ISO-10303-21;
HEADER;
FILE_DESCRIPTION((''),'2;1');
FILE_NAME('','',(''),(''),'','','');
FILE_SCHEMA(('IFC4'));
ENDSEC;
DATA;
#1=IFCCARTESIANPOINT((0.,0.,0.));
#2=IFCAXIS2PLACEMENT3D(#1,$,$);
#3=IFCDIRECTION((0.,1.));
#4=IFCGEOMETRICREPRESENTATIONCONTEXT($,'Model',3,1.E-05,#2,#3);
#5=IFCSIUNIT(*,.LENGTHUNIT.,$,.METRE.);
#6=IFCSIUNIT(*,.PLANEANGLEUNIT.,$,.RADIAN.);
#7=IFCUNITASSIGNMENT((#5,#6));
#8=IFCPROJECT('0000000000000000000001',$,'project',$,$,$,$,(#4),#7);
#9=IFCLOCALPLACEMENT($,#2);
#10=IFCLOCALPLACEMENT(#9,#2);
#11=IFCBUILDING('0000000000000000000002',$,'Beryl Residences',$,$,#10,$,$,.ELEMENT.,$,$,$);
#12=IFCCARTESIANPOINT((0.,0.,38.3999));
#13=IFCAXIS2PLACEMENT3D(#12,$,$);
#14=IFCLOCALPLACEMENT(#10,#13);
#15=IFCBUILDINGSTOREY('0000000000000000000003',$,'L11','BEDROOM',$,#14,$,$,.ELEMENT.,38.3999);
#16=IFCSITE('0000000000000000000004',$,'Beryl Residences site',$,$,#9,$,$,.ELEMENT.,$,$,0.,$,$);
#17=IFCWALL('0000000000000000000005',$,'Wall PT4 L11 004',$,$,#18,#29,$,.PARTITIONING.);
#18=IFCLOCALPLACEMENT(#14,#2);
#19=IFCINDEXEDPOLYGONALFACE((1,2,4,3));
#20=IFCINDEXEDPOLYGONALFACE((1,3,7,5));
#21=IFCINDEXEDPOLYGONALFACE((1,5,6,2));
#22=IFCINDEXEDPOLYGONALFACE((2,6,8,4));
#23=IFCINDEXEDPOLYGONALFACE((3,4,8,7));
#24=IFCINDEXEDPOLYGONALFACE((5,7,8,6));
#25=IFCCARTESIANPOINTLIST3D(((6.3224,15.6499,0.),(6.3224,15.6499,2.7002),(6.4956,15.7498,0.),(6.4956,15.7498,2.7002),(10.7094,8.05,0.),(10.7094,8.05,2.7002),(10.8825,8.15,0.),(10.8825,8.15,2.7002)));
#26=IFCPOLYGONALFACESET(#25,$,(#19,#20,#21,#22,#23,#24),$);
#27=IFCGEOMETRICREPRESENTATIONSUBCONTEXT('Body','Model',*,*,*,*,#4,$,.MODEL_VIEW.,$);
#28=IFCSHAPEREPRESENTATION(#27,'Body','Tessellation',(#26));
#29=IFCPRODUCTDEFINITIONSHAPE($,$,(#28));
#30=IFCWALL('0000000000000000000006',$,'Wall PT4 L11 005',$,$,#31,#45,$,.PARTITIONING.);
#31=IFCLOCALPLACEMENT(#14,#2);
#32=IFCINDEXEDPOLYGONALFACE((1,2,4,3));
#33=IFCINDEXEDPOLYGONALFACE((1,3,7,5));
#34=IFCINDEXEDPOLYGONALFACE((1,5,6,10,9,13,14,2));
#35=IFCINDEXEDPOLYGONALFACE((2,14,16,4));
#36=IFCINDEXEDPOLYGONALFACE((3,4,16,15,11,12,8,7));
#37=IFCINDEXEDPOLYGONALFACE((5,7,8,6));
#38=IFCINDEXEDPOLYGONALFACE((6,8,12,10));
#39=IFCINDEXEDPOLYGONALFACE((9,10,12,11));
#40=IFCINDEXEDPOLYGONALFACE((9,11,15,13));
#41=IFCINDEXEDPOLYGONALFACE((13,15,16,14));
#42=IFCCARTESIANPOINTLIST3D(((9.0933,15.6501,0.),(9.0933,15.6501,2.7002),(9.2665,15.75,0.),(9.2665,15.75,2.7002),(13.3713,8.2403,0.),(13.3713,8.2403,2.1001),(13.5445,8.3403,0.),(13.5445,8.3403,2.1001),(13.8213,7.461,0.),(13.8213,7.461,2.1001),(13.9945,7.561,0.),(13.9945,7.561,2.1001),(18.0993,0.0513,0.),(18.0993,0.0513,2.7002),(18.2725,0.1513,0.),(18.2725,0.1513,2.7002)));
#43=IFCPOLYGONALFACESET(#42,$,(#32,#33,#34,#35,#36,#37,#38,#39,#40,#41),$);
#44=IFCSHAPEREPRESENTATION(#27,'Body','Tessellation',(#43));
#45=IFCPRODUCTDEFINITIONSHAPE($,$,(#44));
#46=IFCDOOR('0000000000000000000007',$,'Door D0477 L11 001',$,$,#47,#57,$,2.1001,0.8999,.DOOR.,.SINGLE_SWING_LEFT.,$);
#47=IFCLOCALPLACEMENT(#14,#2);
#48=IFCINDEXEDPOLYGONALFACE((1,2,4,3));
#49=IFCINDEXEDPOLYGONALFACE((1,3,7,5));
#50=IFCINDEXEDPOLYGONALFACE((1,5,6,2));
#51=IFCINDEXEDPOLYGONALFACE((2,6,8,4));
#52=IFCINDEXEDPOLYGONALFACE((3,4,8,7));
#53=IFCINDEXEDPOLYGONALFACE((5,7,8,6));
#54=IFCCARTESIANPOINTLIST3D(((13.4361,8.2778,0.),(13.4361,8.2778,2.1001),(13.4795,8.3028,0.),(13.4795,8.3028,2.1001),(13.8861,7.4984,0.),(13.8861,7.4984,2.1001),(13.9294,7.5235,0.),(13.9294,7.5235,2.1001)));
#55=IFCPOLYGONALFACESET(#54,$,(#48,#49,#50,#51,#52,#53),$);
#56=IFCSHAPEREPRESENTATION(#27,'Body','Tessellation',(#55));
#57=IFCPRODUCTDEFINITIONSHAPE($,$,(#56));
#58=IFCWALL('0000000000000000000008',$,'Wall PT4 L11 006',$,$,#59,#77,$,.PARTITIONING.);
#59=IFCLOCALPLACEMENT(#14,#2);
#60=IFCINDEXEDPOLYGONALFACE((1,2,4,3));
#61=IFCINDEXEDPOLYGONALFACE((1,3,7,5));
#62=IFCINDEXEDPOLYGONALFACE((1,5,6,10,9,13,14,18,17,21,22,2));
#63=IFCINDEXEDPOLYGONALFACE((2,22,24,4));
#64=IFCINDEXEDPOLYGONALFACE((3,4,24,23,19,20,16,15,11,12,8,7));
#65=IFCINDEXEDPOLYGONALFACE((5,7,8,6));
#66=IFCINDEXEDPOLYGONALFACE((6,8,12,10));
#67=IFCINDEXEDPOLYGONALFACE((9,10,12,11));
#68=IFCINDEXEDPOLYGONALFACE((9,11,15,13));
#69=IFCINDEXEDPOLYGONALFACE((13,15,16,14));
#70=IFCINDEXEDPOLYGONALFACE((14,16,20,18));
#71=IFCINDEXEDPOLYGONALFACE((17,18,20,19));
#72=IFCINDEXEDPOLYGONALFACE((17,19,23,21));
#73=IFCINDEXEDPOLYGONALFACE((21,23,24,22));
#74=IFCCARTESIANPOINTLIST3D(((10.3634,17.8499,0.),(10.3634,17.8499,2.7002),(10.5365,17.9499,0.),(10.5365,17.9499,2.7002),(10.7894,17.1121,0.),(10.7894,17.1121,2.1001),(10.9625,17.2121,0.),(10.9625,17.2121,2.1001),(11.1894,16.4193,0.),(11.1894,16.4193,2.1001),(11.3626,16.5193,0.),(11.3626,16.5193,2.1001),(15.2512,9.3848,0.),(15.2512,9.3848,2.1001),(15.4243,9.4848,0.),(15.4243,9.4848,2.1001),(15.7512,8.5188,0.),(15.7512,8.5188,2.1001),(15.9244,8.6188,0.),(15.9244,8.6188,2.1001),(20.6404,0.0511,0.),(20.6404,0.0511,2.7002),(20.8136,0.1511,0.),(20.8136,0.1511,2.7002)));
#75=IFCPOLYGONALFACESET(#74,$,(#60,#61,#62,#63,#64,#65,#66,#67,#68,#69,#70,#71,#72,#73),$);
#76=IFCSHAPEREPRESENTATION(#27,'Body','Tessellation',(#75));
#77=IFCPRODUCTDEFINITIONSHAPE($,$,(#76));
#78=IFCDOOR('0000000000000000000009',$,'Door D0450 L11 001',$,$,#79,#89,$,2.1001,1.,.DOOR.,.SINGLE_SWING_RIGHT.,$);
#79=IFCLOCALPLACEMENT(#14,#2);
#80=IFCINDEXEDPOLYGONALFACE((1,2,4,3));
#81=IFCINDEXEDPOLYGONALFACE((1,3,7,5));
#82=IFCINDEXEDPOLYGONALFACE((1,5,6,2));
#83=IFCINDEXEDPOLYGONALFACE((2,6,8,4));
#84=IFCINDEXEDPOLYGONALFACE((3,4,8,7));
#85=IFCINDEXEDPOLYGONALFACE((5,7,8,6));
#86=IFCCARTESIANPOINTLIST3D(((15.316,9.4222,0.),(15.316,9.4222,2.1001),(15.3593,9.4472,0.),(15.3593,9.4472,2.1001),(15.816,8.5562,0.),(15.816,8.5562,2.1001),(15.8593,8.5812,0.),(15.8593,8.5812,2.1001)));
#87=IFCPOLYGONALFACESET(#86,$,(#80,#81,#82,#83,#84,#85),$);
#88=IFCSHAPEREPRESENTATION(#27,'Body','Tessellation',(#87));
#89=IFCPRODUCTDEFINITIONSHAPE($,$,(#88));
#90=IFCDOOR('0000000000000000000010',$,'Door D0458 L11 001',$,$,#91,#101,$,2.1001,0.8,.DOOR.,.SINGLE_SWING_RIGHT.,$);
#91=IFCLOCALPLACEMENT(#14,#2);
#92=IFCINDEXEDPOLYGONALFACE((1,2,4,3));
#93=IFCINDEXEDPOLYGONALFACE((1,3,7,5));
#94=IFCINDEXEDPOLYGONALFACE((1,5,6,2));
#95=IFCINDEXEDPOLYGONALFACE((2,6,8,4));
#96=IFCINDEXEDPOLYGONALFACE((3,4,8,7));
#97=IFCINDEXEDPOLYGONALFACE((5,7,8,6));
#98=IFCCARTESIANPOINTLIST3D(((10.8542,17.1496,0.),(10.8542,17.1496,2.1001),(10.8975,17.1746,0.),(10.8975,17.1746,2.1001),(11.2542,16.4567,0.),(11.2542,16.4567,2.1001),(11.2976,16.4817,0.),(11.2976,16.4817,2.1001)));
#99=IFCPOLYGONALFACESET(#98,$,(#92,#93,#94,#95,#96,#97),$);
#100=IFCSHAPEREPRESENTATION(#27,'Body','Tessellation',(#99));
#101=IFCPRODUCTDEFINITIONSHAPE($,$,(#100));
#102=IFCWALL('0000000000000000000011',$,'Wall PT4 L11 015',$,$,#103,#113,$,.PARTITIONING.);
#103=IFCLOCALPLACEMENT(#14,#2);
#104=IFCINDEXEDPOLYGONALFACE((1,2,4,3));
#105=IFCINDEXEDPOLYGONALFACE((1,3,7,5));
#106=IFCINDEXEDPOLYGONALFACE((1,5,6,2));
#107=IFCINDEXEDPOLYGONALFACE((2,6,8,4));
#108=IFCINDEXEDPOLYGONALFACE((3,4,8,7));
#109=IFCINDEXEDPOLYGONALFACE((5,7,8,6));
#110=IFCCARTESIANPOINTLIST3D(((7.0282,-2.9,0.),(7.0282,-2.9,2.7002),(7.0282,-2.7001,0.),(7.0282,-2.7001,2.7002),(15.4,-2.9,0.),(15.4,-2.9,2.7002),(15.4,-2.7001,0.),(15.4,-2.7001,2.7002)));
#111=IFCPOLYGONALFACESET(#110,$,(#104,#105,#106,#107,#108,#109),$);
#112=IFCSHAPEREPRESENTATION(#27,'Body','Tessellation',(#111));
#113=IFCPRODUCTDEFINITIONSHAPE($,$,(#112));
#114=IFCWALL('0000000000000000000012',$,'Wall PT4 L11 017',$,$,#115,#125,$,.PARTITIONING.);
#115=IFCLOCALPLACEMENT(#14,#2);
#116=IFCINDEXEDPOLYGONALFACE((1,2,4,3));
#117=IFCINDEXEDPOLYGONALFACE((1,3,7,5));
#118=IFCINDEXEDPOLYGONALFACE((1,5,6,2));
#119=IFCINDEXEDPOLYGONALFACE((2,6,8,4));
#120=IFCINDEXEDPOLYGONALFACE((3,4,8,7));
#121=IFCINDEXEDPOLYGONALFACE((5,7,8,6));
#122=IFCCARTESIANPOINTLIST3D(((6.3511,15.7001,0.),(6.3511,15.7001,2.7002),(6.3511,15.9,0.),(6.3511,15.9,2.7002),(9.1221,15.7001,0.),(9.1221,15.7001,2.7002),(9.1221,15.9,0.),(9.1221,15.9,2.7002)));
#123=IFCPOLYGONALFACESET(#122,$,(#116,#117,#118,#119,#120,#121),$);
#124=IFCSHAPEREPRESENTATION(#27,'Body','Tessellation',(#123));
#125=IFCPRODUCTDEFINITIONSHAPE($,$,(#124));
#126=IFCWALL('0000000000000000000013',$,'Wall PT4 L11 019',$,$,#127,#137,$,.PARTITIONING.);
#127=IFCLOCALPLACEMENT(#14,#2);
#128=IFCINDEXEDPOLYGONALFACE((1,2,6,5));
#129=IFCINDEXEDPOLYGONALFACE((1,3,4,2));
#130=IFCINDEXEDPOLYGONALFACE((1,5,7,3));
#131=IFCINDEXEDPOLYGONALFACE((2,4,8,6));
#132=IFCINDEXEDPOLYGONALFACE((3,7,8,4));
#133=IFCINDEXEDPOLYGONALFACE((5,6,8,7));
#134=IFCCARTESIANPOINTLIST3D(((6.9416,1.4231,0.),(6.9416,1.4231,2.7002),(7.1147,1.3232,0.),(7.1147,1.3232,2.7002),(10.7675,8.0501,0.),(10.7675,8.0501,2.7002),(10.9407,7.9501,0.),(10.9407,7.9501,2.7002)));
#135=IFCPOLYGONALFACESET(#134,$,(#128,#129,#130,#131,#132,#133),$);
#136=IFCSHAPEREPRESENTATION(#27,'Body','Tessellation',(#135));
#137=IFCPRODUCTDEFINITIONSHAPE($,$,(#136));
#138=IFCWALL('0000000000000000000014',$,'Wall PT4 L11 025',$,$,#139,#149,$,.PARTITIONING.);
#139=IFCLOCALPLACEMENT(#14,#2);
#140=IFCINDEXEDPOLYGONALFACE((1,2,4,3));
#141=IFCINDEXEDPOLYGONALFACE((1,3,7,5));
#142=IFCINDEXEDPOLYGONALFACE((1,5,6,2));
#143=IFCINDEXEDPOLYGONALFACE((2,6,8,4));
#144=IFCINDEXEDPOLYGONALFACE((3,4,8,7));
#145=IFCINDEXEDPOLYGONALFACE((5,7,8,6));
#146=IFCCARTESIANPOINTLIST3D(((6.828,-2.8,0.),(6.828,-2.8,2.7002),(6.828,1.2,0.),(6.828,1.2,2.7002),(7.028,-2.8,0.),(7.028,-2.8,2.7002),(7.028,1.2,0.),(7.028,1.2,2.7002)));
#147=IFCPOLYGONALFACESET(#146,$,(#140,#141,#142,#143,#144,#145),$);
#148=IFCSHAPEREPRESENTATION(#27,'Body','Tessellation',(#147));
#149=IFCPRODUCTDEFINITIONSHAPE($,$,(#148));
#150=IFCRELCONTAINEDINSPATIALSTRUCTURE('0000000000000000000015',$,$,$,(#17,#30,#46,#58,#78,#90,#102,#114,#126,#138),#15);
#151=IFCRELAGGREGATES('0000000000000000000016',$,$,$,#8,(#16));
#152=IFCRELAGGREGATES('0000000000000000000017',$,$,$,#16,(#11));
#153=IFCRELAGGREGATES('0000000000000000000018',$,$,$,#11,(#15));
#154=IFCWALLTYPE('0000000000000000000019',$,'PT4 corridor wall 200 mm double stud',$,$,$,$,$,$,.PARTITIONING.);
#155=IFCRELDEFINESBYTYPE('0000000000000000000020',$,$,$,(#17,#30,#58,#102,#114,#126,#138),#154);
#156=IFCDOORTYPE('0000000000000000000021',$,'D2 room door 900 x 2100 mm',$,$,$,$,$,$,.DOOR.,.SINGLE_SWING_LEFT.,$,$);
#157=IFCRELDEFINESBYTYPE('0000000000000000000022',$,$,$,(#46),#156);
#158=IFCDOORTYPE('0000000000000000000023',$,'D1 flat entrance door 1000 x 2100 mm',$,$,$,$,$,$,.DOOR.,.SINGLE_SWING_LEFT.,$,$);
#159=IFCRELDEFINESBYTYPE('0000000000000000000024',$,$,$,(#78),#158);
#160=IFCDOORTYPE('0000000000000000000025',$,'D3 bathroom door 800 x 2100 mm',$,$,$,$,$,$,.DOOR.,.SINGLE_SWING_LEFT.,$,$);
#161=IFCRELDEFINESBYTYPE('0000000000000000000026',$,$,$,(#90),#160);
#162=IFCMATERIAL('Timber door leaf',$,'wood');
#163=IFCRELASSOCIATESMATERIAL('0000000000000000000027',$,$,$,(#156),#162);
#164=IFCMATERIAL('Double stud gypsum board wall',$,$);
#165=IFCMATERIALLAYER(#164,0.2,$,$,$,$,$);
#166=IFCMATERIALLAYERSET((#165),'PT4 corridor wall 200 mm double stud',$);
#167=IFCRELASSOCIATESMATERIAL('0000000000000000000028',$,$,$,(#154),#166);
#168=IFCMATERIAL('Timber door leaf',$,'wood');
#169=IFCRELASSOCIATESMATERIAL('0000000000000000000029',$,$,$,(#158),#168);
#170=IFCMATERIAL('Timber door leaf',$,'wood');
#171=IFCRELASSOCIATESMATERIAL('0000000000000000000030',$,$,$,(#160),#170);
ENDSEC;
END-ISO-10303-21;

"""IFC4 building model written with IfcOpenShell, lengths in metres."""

from ifc_helpers import new_model, si_unit, direction, frame, frame_2d, origin, place, context, subcontext, project, spatial, rectangle, extrude, material, layer, layer_set, type_object, element, fill, save


model = new_model("IFC4")

# Units and contexts
model_context = context("Model", 3, precision=1e-05, world=origin(), true_north=direction((0.0, 1.0)))
body_context = subcontext(model_context, "Body", "Model", "MODEL_VIEW")
ifc_project = project(units=[si_unit("LENGTHUNIT", "METRE"), si_unit("PLANEANGLEUNIT", "RADIAN")], contexts=[model_context])

# Site, building, storey
site_placement = place(None, origin())
site = spatial("IfcSite", under=ifc_project, at=site_placement, Name="Beryl Residences site", CompositionType="ELEMENT", RefElevation=0.0)
building_placement = place(site_placement, origin())
building = spatial("IfcBuilding", under=site, at=building_placement, Name="Beryl Residences", CompositionType="ELEMENT")
storey_placement = place(building_placement, frame((0.0, 0.0, 38.3999)))
storey = spatial("IfcBuildingStorey", under=building, at=storey_placement, Name="L11", Description="BEDROOM", CompositionType="ELEMENT", Elevation=38.3999)

# Shared definitions
ifc_material_1 = material(Name="Timber door leaf", Category="wood")
door_type_1 = type_object("IfcDoorType", Name="D2 room door 900 x 2100 mm", OperationType="SINGLE_SWING_LEFT", PredefinedType="DOOR", material=ifc_material_1)

# Wall
ifc_material_2 = material(Name="Double stud gypsum board wall")
ifc_layer_1 = layer(ifc_material_2, 0.2)
ifc_layer_set_1 = layer_set([ifc_layer_1], Name="PT4 corridor wall 200 mm double stud")
wall_type_1 = type_object("IfcWallType", Name="PT4 corridor wall 200 mm double stud", PredefinedType="PARTITIONING", material=ifc_layer_set_1)
wall_1_placement = place(storey_placement, frame((6.4089, 15.7, 0.0), z_axis=(0.0, 0.0, 1.0), x_axis=(0.49993, -0.866066, 0.0)))
element("IfcWall", 1, at=wall_1_placement, inside=storey, type_object=wall_type_1, Name="Wall PT4 L11 004", PredefinedType="PARTITIONING", context=body_context, shape_type="SweptSolid", body=[
    extrude(rectangle(XDim=8.7751, YDim=0.2, at=frame_2d((4.3877, 0.0))), origin(), (0.0, 0.0, 1.0), 2.7002),
])

# Wall, opening, door
wall_2_placement = place(storey_placement, frame((9.1799, 15.7, 0.0), z_axis=(0.0, 0.0, 1.0), x_axis=(0.500004, -0.866023, 0.0)))
wall_2 = element("IfcWall", 2, at=wall_2_placement, inside=storey, type_object=wall_type_1, Name="Wall PT4 L11 005", PredefinedType="PARTITIONING", context=body_context, shape_type="SweptSolid", body=[
    extrude(rectangle(XDim=18.012, YDim=0.2, at=frame_2d((9.0059, 0.0))), origin(), (0.0, 0.0, 1.0), 2.7002),
])
opening_1_placement = place(wall_2_placement, frame((8.5559, 0.0, 0.0)))
opening_1 = element("IfcOpeningElement", 3, at=opening_1_placement, cuts=wall_2, PredefinedType="OPENING", context=body_context, shape_type="SweptSolid", body=[
    extrude(rectangle(XDim=0.8999, YDim=2.1001, at=frame_2d((0.45, 1.05))), frame((0.0, 0.1099, 0.0), z_axis=(0.0, -1.0, 0.0), x_axis=(1.0, 0.0, 0.0)), (0.0, 0.0, 1.0), 0.22),
])
door_1_placement = place(opening_1_placement, origin())
door_1 = element("IfcDoor", 4, at=door_1_placement, inside=storey, type_object=door_type_1, Name="Door D0477 L11 001", OperationType="SINGLE_SWING_LEFT", OverallHeight=2.1001, OverallWidth=0.8999, PredefinedType="DOOR", context=body_context, shape_type="SweptSolid", body=[
    extrude(rectangle(XDim=0.8999, YDim=2.1001, at=frame_2d((0.45, 1.05))), frame((0.0, 0.0249, 0.0), z_axis=(0.0, -1.0, 0.0), x_axis=(1.0, 0.0, 0.0)), (0.0, 0.0, 1.0), 0.05),
])
fill(opening_1, door_1)

# Wall, openings, doors
wall_3_placement = place(storey_placement, frame((10.45, 17.8999, 0.0), z_axis=(0.0, 0.0, 1.0), x_axis=(0.500034, -0.866006, 0.0)))
wall_3 = element("IfcWall", 5, at=wall_3_placement, inside=storey, type_object=wall_type_1, Name="Wall PT4 L11 006", PredefinedType="PARTITIONING", context=body_context, shape_type="SweptSolid", body=[
    extrude(rectangle(XDim=20.5527, YDim=0.2, at=frame_2d((10.2764, 0.0))), origin(), (0.0, 0.0, 1.0), 2.7002),
])
opening_2_placement = place(wall_3_placement, frame((9.7749, 0.0, 0.0)))
opening_2 = element("IfcOpeningElement", 6, at=opening_2_placement, cuts=wall_3, PredefinedType="OPENING", context=body_context, shape_type="SweptSolid", body=[
    extrude(rectangle(XDim=1.0, YDim=2.1001, at=frame_2d((0.5, 1.05))), frame((0.0, 0.1099, 0.0), z_axis=(0.0, -1.0, 0.0), x_axis=(1.0, 0.0, 0.0)), (0.0, 0.0, 1.0), 0.22),
])
opening_3_placement = place(wall_3_placement, frame((0.8521, 0.0, 0.0)))
opening_3 = element("IfcOpeningElement", 7, at=opening_3_placement, cuts=wall_3, PredefinedType="OPENING", context=body_context, shape_type="SweptSolid", body=[
    extrude(rectangle(XDim=0.8, YDim=2.1001, at=frame_2d((0.3999, 1.05))), frame((0.0, 0.1099, 0.0), z_axis=(0.0, -1.0, 0.0), x_axis=(1.0, 0.0, 0.0)), (0.0, 0.0, 1.0), 0.22),
])
ifc_material_3 = material(Name="Timber door leaf", Category="wood")
door_type_2 = type_object("IfcDoorType", Name="D1 flat entrance door 1000 x 2100 mm", OperationType="SINGLE_SWING_LEFT", PredefinedType="DOOR", material=ifc_material_3)
door_2_placement = place(opening_2_placement, origin())
door_2 = element("IfcDoor", 8, at=door_2_placement, inside=storey, type_object=door_type_2, Name="Door D0450 L11 001", OperationType="SINGLE_SWING_RIGHT", OverallHeight=2.1001, OverallWidth=1.0, PredefinedType="DOOR", context=body_context, shape_type="SweptSolid", body=[
    extrude(rectangle(XDim=1.0, YDim=2.1001, at=frame_2d((0.5, 1.05))), frame((0.0, 0.0249, 0.0), z_axis=(0.0, -1.0, 0.0), x_axis=(1.0, 0.0, 0.0)), (0.0, 0.0, 1.0), 0.05),
])
fill(opening_2, door_2)
ifc_material_4 = material(Name="Timber door leaf", Category="wood")
door_type_3 = type_object("IfcDoorType", Name="D3 bathroom door 800 x 2100 mm", OperationType="SINGLE_SWING_LEFT", PredefinedType="DOOR", material=ifc_material_4)
door_3_placement = place(opening_3_placement, origin())
door_3 = element("IfcDoor", 9, at=door_3_placement, inside=storey, type_object=door_type_3, Name="Door D0458 L11 001", OperationType="SINGLE_SWING_RIGHT", OverallHeight=2.1001, OverallWidth=0.8, PredefinedType="DOOR", context=body_context, shape_type="SweptSolid", body=[
    extrude(rectangle(XDim=0.8, YDim=2.1001, at=frame_2d((0.3999, 1.05))), frame((0.0, 0.0249, 0.0), z_axis=(0.0, -1.0, 0.0), x_axis=(1.0, 0.0, 0.0)), (0.0, 0.0, 1.0), 0.05),
])
fill(opening_3, door_3)

# Walls
wall_4_placement = place(storey_placement, frame((7.0281, -2.8, 0.0), z_axis=(0.0, 0.0, 1.0), x_axis=(1.0, 0.0, 0.0)))
element("IfcWall", 10, at=wall_4_placement, inside=storey, type_object=wall_type_1, Name="Wall PT4 L11 015", PredefinedType="PARTITIONING", context=body_context, shape_type="SweptSolid", body=[
    extrude(rectangle(XDim=8.3718, YDim=0.2, at=frame_2d((4.186, 0.0))), origin(), (0.0, 0.0, 1.0), 2.7002),
])
wall_5_placement = place(storey_placement, frame((6.3511, 15.8, 0.0), z_axis=(0.0, 0.0, 1.0), x_axis=(1.0, 0.0, 0.0)))
element("IfcWall", 11, at=wall_5_placement, inside=storey, type_object=wall_type_1, Name="Wall PT4 L11 017", PredefinedType="PARTITIONING", context=body_context, shape_type="SweptSolid", body=[
    extrude(rectangle(XDim=2.771, YDim=0.2, at=frame_2d((1.3855, 0.0))), origin(), (0.0, 0.0, 1.0), 2.7002),
])
wall_6_placement = place(storey_placement, frame((7.0281, 1.373, 0.0), z_axis=(0.0, 0.0, 1.0), x_axis=(0.499986, 0.866034, 0.0)))
element("IfcWall", 12, at=wall_6_placement, inside=storey, type_object=wall_type_1, Name="Wall PT4 L11 019", PredefinedType="PARTITIONING", context=body_context, shape_type="SweptSolid", body=[
    extrude(rectangle(XDim=7.6521, YDim=0.2, at=frame_2d((3.8262, 0.0))), origin(), (0.0, 0.0, 1.0), 2.7002),
])
wall_7_placement = place(storey_placement, frame((6.928, -2.8, 0.0), z_axis=(0.0, 0.0, 1.0), x_axis=(0.0, 1.0, 0.0)))
element("IfcWall", 13, at=wall_7_placement, inside=storey, type_object=wall_type_1, Name="Wall PT4 L11 025", PredefinedType="PARTITIONING", context=body_context, shape_type="SweptSolid", body=[
    extrude(rectangle(XDim=4.0, YDim=0.2, at=frame_2d((2.0, 0.0))), origin(), (0.0, 0.0, 1.0), 2.7002),
])

save(model, "model.ifc")
